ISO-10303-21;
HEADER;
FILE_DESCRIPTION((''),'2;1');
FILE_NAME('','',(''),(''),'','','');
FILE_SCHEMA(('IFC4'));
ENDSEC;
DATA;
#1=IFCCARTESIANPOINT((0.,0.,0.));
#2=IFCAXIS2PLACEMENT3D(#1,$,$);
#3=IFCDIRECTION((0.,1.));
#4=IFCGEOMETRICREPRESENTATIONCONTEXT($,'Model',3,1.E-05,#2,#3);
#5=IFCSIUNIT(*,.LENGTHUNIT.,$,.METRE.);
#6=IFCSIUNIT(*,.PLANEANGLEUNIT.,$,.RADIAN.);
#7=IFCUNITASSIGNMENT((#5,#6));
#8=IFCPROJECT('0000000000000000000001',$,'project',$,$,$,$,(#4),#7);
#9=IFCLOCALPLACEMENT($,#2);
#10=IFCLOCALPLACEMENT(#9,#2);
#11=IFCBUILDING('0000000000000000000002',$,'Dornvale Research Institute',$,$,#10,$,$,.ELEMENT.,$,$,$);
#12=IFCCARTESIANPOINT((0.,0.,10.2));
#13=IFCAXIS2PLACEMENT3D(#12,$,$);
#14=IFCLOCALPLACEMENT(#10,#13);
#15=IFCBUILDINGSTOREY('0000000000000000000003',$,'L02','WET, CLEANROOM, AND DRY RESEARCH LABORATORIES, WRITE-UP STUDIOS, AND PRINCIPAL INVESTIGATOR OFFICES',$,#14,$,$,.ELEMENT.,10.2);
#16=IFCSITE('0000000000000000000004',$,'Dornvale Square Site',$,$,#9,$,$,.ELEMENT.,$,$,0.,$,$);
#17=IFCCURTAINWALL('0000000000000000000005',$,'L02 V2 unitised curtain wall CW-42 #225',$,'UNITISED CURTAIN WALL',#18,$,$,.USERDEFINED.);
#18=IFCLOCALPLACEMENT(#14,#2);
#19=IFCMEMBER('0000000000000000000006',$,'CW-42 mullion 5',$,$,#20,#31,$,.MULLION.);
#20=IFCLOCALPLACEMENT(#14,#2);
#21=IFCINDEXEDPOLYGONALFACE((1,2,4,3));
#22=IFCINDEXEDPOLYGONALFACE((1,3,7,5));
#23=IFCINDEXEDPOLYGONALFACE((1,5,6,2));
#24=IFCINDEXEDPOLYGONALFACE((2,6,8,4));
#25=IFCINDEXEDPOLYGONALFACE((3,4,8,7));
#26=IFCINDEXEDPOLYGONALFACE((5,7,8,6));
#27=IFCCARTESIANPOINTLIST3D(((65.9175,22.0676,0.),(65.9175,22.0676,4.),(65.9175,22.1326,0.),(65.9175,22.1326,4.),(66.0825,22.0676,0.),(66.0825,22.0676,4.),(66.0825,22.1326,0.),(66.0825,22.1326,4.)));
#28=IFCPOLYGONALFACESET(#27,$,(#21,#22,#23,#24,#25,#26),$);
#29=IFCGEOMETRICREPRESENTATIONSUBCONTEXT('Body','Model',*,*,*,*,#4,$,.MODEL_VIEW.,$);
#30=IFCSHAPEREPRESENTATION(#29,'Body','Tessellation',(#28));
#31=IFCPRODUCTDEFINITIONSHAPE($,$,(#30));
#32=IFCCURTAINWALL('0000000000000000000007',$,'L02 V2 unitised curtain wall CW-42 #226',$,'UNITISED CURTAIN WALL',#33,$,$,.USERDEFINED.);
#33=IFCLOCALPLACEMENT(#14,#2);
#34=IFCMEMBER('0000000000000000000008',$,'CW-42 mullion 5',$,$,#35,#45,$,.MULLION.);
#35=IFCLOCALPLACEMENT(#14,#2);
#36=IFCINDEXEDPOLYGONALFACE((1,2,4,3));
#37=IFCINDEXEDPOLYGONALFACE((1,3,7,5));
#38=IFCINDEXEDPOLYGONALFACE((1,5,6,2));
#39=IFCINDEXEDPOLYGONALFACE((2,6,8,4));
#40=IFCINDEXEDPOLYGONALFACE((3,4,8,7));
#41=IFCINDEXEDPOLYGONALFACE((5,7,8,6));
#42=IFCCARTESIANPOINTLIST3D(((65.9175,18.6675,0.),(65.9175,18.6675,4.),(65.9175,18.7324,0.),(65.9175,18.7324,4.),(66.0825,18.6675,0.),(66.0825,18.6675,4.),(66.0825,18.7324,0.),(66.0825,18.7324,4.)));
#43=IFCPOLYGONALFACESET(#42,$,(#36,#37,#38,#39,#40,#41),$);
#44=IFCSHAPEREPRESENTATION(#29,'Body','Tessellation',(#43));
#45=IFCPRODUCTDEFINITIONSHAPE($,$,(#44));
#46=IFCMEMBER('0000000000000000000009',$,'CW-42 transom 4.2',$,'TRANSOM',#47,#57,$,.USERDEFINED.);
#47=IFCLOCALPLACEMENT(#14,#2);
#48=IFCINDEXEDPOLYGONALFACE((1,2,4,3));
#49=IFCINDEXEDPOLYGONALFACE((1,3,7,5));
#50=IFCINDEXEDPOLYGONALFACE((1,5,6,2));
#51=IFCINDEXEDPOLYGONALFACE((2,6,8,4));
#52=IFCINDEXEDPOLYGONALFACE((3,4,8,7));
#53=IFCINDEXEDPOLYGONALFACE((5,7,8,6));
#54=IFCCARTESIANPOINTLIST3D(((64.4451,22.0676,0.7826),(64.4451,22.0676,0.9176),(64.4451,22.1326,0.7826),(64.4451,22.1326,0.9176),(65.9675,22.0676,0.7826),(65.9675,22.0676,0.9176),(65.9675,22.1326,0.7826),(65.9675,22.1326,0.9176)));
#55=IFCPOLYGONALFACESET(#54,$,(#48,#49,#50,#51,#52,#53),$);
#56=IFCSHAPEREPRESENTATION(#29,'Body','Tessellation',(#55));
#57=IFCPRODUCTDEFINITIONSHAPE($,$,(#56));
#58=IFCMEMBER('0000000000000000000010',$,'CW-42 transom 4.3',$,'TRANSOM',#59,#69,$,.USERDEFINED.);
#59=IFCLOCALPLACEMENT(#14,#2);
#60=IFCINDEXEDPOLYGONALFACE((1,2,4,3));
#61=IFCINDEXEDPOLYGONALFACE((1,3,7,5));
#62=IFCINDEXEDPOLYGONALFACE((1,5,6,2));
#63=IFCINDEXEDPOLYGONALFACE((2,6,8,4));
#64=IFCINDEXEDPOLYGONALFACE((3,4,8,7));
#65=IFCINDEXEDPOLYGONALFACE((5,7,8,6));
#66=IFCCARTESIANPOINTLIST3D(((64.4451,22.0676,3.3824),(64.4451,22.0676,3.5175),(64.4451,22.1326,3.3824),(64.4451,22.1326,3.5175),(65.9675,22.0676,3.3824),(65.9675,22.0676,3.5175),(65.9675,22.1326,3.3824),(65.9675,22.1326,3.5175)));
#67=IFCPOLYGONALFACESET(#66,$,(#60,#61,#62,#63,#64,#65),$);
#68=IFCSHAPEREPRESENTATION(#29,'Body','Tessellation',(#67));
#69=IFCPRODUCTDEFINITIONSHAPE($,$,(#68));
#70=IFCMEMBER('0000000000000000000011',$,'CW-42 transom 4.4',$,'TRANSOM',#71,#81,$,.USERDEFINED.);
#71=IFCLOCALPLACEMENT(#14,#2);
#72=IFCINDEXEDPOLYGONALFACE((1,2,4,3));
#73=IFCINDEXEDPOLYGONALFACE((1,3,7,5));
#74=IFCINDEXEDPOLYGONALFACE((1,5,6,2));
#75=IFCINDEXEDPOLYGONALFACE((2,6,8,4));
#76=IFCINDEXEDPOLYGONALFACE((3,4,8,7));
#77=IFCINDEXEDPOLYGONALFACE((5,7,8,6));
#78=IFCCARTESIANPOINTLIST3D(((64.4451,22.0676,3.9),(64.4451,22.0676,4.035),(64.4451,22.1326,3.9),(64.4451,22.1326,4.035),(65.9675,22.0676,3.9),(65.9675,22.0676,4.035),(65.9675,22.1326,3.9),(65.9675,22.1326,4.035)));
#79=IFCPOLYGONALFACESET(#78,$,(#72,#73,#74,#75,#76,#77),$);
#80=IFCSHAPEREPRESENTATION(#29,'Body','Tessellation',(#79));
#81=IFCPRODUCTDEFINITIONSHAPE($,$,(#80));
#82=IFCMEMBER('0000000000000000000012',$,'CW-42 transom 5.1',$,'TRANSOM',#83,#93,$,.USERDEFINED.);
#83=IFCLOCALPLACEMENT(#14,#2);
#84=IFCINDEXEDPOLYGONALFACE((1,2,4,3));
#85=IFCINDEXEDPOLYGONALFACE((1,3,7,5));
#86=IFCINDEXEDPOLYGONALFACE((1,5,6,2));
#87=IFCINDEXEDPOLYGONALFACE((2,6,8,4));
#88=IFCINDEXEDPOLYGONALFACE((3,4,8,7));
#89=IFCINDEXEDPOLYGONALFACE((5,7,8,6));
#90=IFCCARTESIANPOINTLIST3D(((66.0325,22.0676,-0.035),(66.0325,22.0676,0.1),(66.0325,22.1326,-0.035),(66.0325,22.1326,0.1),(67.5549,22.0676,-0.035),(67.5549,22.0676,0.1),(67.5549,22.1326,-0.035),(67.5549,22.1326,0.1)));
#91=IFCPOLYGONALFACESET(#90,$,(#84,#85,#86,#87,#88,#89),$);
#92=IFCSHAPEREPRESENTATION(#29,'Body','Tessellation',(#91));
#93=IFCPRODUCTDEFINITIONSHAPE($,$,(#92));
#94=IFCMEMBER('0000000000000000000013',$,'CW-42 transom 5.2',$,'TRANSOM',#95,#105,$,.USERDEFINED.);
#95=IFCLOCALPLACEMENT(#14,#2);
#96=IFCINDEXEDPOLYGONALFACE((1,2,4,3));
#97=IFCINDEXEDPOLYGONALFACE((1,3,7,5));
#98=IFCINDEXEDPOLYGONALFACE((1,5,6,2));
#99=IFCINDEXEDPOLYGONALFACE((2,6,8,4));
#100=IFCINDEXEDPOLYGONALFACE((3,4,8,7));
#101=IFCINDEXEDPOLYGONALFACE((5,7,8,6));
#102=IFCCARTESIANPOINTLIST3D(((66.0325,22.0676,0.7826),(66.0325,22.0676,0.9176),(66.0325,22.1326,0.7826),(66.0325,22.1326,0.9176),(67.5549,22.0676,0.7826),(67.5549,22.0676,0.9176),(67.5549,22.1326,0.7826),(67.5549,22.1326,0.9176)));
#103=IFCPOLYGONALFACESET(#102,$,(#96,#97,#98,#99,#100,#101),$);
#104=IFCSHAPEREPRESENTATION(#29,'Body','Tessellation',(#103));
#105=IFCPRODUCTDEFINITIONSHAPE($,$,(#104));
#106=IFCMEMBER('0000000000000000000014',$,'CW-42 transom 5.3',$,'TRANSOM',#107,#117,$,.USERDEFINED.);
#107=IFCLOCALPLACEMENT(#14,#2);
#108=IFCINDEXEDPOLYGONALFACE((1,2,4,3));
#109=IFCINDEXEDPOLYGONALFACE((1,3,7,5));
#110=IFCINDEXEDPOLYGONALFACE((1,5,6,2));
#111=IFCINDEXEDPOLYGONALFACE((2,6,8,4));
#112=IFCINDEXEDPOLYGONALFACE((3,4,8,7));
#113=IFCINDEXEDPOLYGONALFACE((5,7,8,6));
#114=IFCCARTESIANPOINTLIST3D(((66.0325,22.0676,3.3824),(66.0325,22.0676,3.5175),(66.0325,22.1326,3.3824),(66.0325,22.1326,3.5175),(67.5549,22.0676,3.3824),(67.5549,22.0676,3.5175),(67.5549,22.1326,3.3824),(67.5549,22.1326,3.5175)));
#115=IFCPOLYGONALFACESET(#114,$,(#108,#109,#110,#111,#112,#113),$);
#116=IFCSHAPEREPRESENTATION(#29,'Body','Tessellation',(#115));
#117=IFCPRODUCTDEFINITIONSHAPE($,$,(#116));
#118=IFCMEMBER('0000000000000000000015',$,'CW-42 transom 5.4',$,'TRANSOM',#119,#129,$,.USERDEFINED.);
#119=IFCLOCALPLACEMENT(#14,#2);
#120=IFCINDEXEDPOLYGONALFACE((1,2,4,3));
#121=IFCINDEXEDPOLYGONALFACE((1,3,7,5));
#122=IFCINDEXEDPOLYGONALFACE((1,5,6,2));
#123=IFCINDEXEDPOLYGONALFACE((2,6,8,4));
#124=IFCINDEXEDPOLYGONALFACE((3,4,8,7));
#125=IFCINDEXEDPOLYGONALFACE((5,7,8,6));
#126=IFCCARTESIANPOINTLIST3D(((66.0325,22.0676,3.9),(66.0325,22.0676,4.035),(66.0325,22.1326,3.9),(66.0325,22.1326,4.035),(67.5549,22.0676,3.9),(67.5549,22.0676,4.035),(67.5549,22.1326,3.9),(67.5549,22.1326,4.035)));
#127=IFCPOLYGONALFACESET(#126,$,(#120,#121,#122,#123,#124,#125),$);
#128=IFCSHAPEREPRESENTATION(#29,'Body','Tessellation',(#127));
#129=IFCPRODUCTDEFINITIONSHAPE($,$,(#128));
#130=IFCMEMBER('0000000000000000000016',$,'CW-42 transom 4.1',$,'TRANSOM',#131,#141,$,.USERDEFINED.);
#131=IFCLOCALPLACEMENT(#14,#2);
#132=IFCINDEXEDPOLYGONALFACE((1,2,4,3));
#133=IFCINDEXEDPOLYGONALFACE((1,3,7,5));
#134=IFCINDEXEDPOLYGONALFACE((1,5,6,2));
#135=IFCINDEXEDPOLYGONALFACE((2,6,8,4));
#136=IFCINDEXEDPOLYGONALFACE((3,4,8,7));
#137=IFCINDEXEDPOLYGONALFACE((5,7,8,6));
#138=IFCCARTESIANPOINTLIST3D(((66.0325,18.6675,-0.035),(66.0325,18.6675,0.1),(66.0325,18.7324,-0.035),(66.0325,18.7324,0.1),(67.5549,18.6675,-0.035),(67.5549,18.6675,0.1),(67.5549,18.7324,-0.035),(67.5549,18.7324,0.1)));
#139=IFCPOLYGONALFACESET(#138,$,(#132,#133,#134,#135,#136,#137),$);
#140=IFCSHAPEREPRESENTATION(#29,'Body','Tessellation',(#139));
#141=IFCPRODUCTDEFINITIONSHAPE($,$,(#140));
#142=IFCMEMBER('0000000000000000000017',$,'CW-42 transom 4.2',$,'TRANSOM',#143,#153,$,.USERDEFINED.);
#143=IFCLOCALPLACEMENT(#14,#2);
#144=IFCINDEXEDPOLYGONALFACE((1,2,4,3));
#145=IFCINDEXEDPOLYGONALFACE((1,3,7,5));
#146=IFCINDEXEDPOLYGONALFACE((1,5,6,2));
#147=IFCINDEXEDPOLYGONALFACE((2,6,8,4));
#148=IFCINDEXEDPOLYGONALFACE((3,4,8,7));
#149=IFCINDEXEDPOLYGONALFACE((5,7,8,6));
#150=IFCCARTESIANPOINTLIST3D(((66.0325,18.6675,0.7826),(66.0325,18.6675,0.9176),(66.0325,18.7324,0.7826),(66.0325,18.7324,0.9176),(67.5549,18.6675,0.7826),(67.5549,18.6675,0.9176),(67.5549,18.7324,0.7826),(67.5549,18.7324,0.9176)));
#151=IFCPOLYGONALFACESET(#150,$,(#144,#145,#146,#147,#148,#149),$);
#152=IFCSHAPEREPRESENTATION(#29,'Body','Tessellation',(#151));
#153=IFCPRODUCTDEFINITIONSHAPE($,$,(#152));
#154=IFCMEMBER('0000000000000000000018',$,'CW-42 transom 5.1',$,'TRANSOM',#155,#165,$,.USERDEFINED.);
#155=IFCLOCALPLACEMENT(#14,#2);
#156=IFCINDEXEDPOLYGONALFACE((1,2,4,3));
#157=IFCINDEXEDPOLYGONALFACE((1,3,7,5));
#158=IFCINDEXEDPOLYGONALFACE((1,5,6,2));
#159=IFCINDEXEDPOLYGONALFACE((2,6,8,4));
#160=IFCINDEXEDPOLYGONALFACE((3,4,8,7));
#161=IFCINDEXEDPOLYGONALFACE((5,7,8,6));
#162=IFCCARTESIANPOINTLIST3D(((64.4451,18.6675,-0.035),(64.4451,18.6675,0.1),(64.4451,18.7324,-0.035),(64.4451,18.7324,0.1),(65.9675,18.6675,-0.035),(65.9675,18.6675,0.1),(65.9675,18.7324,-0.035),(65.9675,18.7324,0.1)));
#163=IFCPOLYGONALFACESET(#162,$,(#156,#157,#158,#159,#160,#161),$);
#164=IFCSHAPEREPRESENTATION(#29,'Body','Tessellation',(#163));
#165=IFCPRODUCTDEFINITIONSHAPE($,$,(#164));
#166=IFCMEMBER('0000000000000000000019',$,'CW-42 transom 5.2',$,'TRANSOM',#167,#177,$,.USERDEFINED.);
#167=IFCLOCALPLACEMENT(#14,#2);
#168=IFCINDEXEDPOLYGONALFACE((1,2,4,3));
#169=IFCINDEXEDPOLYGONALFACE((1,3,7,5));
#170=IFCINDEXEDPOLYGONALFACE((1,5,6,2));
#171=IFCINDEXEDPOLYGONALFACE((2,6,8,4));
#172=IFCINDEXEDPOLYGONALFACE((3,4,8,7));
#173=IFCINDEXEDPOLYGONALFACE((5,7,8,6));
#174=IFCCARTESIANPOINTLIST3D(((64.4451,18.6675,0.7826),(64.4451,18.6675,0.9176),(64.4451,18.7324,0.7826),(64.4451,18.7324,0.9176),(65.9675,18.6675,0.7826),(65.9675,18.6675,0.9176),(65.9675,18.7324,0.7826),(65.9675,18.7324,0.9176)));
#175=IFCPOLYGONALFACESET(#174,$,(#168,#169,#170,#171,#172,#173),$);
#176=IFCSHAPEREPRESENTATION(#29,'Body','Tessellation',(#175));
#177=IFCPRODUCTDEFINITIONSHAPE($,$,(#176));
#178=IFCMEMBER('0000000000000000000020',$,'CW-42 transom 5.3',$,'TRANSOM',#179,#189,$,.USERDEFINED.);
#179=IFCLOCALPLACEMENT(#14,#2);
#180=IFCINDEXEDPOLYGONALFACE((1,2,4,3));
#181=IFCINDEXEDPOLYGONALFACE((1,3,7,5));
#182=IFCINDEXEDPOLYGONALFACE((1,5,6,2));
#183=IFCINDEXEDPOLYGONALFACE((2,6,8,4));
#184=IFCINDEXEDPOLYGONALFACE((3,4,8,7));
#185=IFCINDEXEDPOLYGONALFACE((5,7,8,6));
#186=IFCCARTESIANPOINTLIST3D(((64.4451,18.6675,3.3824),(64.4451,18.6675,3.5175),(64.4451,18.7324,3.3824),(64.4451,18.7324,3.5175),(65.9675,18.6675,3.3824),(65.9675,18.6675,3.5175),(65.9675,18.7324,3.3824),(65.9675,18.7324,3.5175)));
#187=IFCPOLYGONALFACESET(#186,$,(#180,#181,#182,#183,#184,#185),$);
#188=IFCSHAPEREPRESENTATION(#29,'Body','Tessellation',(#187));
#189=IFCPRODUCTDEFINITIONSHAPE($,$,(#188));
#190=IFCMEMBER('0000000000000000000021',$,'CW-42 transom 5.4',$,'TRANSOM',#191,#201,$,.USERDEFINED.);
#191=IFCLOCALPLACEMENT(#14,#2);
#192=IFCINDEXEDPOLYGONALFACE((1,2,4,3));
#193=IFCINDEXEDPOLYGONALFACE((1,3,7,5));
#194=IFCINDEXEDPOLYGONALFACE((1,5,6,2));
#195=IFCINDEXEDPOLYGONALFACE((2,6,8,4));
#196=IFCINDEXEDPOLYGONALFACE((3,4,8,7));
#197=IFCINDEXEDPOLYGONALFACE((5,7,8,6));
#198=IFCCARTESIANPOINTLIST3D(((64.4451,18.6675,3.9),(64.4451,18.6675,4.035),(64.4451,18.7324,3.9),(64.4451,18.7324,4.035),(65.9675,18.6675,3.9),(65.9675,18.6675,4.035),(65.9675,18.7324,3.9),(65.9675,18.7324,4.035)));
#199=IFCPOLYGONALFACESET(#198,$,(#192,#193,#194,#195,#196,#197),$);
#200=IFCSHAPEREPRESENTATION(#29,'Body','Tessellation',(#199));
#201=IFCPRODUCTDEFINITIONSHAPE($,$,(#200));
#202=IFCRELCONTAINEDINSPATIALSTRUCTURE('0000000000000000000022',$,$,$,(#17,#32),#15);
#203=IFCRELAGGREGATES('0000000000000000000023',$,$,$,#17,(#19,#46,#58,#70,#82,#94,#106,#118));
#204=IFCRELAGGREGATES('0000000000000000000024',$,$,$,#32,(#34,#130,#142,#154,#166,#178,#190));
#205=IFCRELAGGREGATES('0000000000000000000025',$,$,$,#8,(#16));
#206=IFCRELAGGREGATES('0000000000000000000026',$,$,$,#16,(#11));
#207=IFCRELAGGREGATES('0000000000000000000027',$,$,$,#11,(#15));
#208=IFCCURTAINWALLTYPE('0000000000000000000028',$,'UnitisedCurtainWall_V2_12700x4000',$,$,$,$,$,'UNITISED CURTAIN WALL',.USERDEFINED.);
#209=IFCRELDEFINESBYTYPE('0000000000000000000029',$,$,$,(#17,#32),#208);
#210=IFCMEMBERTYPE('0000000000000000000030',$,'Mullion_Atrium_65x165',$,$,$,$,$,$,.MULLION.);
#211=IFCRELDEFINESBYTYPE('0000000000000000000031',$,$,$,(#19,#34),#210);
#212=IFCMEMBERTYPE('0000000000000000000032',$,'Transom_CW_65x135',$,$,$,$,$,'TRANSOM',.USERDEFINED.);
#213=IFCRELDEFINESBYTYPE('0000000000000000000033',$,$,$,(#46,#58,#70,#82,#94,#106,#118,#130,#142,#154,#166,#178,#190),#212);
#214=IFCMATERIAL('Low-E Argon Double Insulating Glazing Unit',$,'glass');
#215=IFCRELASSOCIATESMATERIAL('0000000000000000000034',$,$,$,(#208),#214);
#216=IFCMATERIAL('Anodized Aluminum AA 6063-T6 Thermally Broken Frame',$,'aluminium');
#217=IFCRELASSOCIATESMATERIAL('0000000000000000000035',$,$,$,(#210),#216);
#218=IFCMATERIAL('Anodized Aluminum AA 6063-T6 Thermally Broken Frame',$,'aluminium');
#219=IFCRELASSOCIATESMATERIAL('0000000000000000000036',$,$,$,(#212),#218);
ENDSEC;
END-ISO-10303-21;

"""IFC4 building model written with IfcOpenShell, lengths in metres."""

from ifc_helpers import new_model, si_unit, direction, frame, origin, origin_2d, place, context, subcontext, project, spatial, rectangle, extrude, material, material_profile, profile_set, type_object, element, aggregate, save


model = new_model("IFC4")

# Units and contexts
model_context = context("Model", 3, precision=1e-05, world=origin(), true_north=direction((0.0, 1.0)))
body_context = subcontext(model_context, "Body", "Model", "MODEL_VIEW")
ifc_project = project(units=[si_unit("LENGTHUNIT", "METRE"), si_unit("PLANEANGLEUNIT", "RADIAN")], contexts=[model_context])

# Site, building, storey
site_placement = place(None, origin())
site = spatial("IfcSite", under=ifc_project, at=site_placement, Name="Dornvale Square Site", CompositionType="ELEMENT", RefElevation=0.0)
building_placement = place(site_placement, origin())
building = spatial("IfcBuilding", under=site, at=building_placement, Name="Dornvale Research Institute", CompositionType="ELEMENT")
storey_placement = place(building_placement, frame((0.0, 0.0, 10.2)))
storey = spatial("IfcBuildingStorey", under=building, at=storey_placement, Name="L02", Description="WET, CLEANROOM, AND DRY RESEARCH LABORATORIES, WRITE-UP STUDIOS, AND PRINCIPAL INVESTIGATOR OFFICES", CompositionType="ELEMENT", Elevation=10.2)

# Curtain walls, members
ifc_material_1 = material(Name="Low-E Argon Double Insulating Glazing Unit", Category="glass")
curtain_wall_type = type_object("IfcCurtainWallType", Name="UnitisedCurtainWall_V2_12700x4000", ElementType="UNITISED CURTAIN WALL", PredefinedType="USERDEFINED", material=ifc_material_1)
curtain_wall_1_placement = place(storey_placement, origin())
curtain_wall_1 = element("IfcCurtainWall", 1, at=curtain_wall_1_placement, inside=storey, type_object=curtain_wall_type, Name="L02 V2 unitised curtain wall CW-42 #225", ObjectType="UNITISED CURTAIN WALL", PredefinedType="USERDEFINED")
ifc_material_2 = material(Name="Anodized Aluminum AA 6063-T6 Thermally Broken Frame", Category="aluminium")
ifc_material_profile_1 = material_profile(ifc_material_2, rectangle(XDim=0.0649, YDim=0.165, at=origin_2d()), Name="ALU MULLION 65x165")
ifc_profile_set_1 = profile_set([ifc_material_profile_1], Name="Anodized Aluminum AA 6063-T6 Thermally Broken Frame")
member_type_1 = type_object("IfcMemberType", Name="Mullion_Atrium_65x165", PredefinedType="MULLION", material=ifc_profile_set_1)
member_1_placement = place(storey_placement, frame((66.0, 22.1001, 0.0), z_axis=(0.0, 0.0, 1.0), x_axis=(0.0, 1.0, 0.0)))
member_1 = element("IfcMember", 2, at=member_1_placement, type_object=member_type_1, Name="CW-42 mullion 5", PredefinedType="MULLION", context=body_context, shape_type="SweptSolid", body=[
    extrude(rectangle(XDim=0.0649, YDim=0.165, at=origin_2d()), origin(), (0.0, 0.0, 1.0), 4.0),
])
curtain_wall_2_placement = place(storey_placement, origin())
curtain_wall_2 = element("IfcCurtainWall", 3, at=curtain_wall_2_placement, inside=storey, type_object=curtain_wall_type, Name="L02 V2 unitised curtain wall CW-42 #226", ObjectType="UNITISED CURTAIN WALL", PredefinedType="USERDEFINED")
member_2_placement = place(storey_placement, frame((66.0, 18.7, 0.0), z_axis=(0.0, 0.0, 1.0), x_axis=(0.0, -1.0, 0.0)))
member_2 = element("IfcMember", 4, at=member_2_placement, type_object=member_type_1, Name="CW-42 mullion 5", PredefinedType="MULLION", context=body_context, shape_type="SweptSolid", body=[
    extrude(rectangle(XDim=0.0649, YDim=0.165, at=origin_2d()), origin(), (0.0, 0.0, 1.0), 4.0),
])

# Members
ifc_material_3 = material(Name="Anodized Aluminum AA 6063-T6 Thermally Broken Frame", Category="aluminium")
ifc_material_profile_2 = material_profile(ifc_material_3, rectangle(XDim=0.0649, YDim=0.135, at=origin_2d()), Name="ALU TRANSOM 65x135")
ifc_profile_set_2 = profile_set([ifc_material_profile_2], Name="Anodized Aluminum AA 6063-T6 Thermally Broken Frame")
member_type_2 = type_object("IfcMemberType", Name="Transom_CW_65x135", ElementType="TRANSOM", PredefinedType="USERDEFINED", material=ifc_profile_set_2)
member_3_placement = place(storey_placement, frame((64.4451, 22.1001, 0.8501), z_axis=(1.0, 0.0, 0.0), x_axis=(0.0, 1.0, 0.0)))
member_3 = element("IfcMember", 5, at=member_3_placement, type_object=member_type_2, Name="CW-42 transom 4.2", ObjectType="TRANSOM", PredefinedType="USERDEFINED", context=body_context, shape_type="SweptSolid", body=[
    extrude(rectangle(XDim=0.0649, YDim=0.135, at=origin_2d()), origin(), (0.0, 0.0, 1.0), 1.5225),
])
member_4_placement = place(storey_placement, frame((64.4451, 22.1001, 3.45), z_axis=(1.0, 0.0, 0.0), x_axis=(0.0, 1.0, 0.0)))
member_4 = element("IfcMember", 6, at=member_4_placement, type_object=member_type_2, Name="CW-42 transom 4.3", ObjectType="TRANSOM", PredefinedType="USERDEFINED", context=body_context, shape_type="SweptSolid", body=[
    extrude(rectangle(XDim=0.0649, YDim=0.135, at=origin_2d()), origin(), (0.0, 0.0, 1.0), 1.5225),
])
member_5_placement = place(storey_placement, frame((64.4451, 22.1001, 3.9675), z_axis=(1.0, 0.0, 0.0), x_axis=(0.0, 1.0, 0.0)))
member_5 = element("IfcMember", 7, at=member_5_placement, type_object=member_type_2, Name="CW-42 transom 4.4", ObjectType="TRANSOM", PredefinedType="USERDEFINED", context=body_context, shape_type="SweptSolid", body=[
    extrude(rectangle(XDim=0.0649, YDim=0.135, at=origin_2d()), origin(), (0.0, 0.0, 1.0), 1.5225),
])
member_6_placement = place(storey_placement, frame((66.0325, 22.1001, 0.0325), z_axis=(1.0, 0.0, 0.0), x_axis=(0.0, 1.0, 0.0)))
member_6 = element("IfcMember", 8, at=member_6_placement, type_object=member_type_2, Name="CW-42 transom 5.1", ObjectType="TRANSOM", PredefinedType="USERDEFINED", context=body_context, shape_type="SweptSolid", body=[
    extrude(rectangle(XDim=0.0649, YDim=0.135, at=origin_2d()), origin(), (0.0, 0.0, 1.0), 1.5225),
])
member_7_placement = place(storey_placement, frame((66.0325, 22.1001, 0.8501), z_axis=(1.0, 0.0, 0.0), x_axis=(0.0, 1.0, 0.0)))
member_7 = element("IfcMember", 9, at=member_7_placement, type_object=member_type_2, Name="CW-42 transom 5.2", ObjectType="TRANSOM", PredefinedType="USERDEFINED", context=body_context, shape_type="SweptSolid", body=[
    extrude(rectangle(XDim=0.0649, YDim=0.135, at=origin_2d()), origin(), (0.0, 0.0, 1.0), 1.5225),
])
member_8_placement = place(storey_placement, frame((66.0325, 22.1001, 3.45), z_axis=(1.0, 0.0, 0.0), x_axis=(0.0, 1.0, 0.0)))
member_8 = element("IfcMember", 10, at=member_8_placement, type_object=member_type_2, Name="CW-42 transom 5.3", ObjectType="TRANSOM", PredefinedType="USERDEFINED", context=body_context, shape_type="SweptSolid", body=[
    extrude(rectangle(XDim=0.0649, YDim=0.135, at=origin_2d()), origin(), (0.0, 0.0, 1.0), 1.5225),
])
member_9_placement = place(storey_placement, frame((66.0325, 22.1001, 3.9675), z_axis=(1.0, 0.0, 0.0), x_axis=(0.0, 1.0, 0.0)))
member_9 = element("IfcMember", 11, at=member_9_placement, type_object=member_type_2, Name="CW-42 transom 5.4", ObjectType="TRANSOM", PredefinedType="USERDEFINED", context=body_context, shape_type="SweptSolid", body=[
    extrude(rectangle(XDim=0.0649, YDim=0.135, at=origin_2d()), origin(), (0.0, 0.0, 1.0), 1.5225),
])
member_10_placement = place(storey_placement, frame((67.5549, 18.7, 0.0325), z_axis=(-1.0, 0.0, 0.0), x_axis=(0.0, -1.0, 0.0)))
member_10 = element("IfcMember", 12, at=member_10_placement, type_object=member_type_2, Name="CW-42 transom 4.1", ObjectType="TRANSOM", PredefinedType="USERDEFINED", context=body_context, shape_type="SweptSolid", body=[
    extrude(rectangle(XDim=0.0649, YDim=0.135, at=origin_2d()), origin(), (0.0, 0.0, 1.0), 1.5225),
])
member_11_placement = place(storey_placement, frame((67.5549, 18.7, 0.8501), z_axis=(-1.0, 0.0, 0.0), x_axis=(0.0, -1.0, 0.0)))
member_11 = element("IfcMember", 13, at=member_11_placement, type_object=member_type_2, Name="CW-42 transom 4.2", ObjectType="TRANSOM", PredefinedType="USERDEFINED", context=body_context, shape_type="SweptSolid", body=[
    extrude(rectangle(XDim=0.0649, YDim=0.135, at=origin_2d()), origin(), (0.0, 0.0, 1.0), 1.5225),
])
member_12_placement = place(storey_placement, frame((65.9675, 18.7, 0.0325), z_axis=(-1.0, 0.0, 0.0), x_axis=(0.0, -1.0, 0.0)))
member_12 = element("IfcMember", 14, at=member_12_placement, type_object=member_type_2, Name="CW-42 transom 5.1", ObjectType="TRANSOM", PredefinedType="USERDEFINED", context=body_context, shape_type="SweptSolid", body=[
    extrude(rectangle(XDim=0.0649, YDim=0.135, at=origin_2d()), origin(), (0.0, 0.0, 1.0), 1.5225),
])
member_13_placement = place(storey_placement, frame((65.9675, 18.7, 0.8501), z_axis=(-1.0, 0.0, 0.0), x_axis=(0.0, -1.0, 0.0)))
member_13 = element("IfcMember", 15, at=member_13_placement, type_object=member_type_2, Name="CW-42 transom 5.2", ObjectType="TRANSOM", PredefinedType="USERDEFINED", context=body_context, shape_type="SweptSolid", body=[
    extrude(rectangle(XDim=0.0649, YDim=0.135, at=origin_2d()), origin(), (0.0, 0.0, 1.0), 1.5225),
])
member_14_placement = place(storey_placement, frame((65.9675, 18.7, 3.45), z_axis=(-1.0, 0.0, 0.0), x_axis=(0.0, -1.0, 0.0)))
member_14 = element("IfcMember", 16, at=member_14_placement, type_object=member_type_2, Name="CW-42 transom 5.3", ObjectType="TRANSOM", PredefinedType="USERDEFINED", context=body_context, shape_type="SweptSolid", body=[
    extrude(rectangle(XDim=0.0649, YDim=0.135, at=origin_2d()), origin(), (0.0, 0.0, 1.0), 1.5225),
])
member_15_placement = place(storey_placement, frame((65.9675, 18.7, 3.9675), z_axis=(-1.0, 0.0, 0.0), x_axis=(0.0, -1.0, 0.0)))
member_15 = element("IfcMember", 17, at=member_15_placement, type_object=member_type_2, Name="CW-42 transom 5.4", ObjectType="TRANSOM", PredefinedType="USERDEFINED", context=body_context, shape_type="SweptSolid", body=[
    extrude(rectangle(XDim=0.0649, YDim=0.135, at=origin_2d()), origin(), (0.0, 0.0, 1.0), 1.5225),
])

aggregate(curtain_wall_1, [member_1, member_3, member_4, member_5, member_6, member_7, member_8, member_9])
aggregate(curtain_wall_2, [member_2, member_10, member_11, member_12, member_13, member_14, member_15])

save(model, "model.ifc")
